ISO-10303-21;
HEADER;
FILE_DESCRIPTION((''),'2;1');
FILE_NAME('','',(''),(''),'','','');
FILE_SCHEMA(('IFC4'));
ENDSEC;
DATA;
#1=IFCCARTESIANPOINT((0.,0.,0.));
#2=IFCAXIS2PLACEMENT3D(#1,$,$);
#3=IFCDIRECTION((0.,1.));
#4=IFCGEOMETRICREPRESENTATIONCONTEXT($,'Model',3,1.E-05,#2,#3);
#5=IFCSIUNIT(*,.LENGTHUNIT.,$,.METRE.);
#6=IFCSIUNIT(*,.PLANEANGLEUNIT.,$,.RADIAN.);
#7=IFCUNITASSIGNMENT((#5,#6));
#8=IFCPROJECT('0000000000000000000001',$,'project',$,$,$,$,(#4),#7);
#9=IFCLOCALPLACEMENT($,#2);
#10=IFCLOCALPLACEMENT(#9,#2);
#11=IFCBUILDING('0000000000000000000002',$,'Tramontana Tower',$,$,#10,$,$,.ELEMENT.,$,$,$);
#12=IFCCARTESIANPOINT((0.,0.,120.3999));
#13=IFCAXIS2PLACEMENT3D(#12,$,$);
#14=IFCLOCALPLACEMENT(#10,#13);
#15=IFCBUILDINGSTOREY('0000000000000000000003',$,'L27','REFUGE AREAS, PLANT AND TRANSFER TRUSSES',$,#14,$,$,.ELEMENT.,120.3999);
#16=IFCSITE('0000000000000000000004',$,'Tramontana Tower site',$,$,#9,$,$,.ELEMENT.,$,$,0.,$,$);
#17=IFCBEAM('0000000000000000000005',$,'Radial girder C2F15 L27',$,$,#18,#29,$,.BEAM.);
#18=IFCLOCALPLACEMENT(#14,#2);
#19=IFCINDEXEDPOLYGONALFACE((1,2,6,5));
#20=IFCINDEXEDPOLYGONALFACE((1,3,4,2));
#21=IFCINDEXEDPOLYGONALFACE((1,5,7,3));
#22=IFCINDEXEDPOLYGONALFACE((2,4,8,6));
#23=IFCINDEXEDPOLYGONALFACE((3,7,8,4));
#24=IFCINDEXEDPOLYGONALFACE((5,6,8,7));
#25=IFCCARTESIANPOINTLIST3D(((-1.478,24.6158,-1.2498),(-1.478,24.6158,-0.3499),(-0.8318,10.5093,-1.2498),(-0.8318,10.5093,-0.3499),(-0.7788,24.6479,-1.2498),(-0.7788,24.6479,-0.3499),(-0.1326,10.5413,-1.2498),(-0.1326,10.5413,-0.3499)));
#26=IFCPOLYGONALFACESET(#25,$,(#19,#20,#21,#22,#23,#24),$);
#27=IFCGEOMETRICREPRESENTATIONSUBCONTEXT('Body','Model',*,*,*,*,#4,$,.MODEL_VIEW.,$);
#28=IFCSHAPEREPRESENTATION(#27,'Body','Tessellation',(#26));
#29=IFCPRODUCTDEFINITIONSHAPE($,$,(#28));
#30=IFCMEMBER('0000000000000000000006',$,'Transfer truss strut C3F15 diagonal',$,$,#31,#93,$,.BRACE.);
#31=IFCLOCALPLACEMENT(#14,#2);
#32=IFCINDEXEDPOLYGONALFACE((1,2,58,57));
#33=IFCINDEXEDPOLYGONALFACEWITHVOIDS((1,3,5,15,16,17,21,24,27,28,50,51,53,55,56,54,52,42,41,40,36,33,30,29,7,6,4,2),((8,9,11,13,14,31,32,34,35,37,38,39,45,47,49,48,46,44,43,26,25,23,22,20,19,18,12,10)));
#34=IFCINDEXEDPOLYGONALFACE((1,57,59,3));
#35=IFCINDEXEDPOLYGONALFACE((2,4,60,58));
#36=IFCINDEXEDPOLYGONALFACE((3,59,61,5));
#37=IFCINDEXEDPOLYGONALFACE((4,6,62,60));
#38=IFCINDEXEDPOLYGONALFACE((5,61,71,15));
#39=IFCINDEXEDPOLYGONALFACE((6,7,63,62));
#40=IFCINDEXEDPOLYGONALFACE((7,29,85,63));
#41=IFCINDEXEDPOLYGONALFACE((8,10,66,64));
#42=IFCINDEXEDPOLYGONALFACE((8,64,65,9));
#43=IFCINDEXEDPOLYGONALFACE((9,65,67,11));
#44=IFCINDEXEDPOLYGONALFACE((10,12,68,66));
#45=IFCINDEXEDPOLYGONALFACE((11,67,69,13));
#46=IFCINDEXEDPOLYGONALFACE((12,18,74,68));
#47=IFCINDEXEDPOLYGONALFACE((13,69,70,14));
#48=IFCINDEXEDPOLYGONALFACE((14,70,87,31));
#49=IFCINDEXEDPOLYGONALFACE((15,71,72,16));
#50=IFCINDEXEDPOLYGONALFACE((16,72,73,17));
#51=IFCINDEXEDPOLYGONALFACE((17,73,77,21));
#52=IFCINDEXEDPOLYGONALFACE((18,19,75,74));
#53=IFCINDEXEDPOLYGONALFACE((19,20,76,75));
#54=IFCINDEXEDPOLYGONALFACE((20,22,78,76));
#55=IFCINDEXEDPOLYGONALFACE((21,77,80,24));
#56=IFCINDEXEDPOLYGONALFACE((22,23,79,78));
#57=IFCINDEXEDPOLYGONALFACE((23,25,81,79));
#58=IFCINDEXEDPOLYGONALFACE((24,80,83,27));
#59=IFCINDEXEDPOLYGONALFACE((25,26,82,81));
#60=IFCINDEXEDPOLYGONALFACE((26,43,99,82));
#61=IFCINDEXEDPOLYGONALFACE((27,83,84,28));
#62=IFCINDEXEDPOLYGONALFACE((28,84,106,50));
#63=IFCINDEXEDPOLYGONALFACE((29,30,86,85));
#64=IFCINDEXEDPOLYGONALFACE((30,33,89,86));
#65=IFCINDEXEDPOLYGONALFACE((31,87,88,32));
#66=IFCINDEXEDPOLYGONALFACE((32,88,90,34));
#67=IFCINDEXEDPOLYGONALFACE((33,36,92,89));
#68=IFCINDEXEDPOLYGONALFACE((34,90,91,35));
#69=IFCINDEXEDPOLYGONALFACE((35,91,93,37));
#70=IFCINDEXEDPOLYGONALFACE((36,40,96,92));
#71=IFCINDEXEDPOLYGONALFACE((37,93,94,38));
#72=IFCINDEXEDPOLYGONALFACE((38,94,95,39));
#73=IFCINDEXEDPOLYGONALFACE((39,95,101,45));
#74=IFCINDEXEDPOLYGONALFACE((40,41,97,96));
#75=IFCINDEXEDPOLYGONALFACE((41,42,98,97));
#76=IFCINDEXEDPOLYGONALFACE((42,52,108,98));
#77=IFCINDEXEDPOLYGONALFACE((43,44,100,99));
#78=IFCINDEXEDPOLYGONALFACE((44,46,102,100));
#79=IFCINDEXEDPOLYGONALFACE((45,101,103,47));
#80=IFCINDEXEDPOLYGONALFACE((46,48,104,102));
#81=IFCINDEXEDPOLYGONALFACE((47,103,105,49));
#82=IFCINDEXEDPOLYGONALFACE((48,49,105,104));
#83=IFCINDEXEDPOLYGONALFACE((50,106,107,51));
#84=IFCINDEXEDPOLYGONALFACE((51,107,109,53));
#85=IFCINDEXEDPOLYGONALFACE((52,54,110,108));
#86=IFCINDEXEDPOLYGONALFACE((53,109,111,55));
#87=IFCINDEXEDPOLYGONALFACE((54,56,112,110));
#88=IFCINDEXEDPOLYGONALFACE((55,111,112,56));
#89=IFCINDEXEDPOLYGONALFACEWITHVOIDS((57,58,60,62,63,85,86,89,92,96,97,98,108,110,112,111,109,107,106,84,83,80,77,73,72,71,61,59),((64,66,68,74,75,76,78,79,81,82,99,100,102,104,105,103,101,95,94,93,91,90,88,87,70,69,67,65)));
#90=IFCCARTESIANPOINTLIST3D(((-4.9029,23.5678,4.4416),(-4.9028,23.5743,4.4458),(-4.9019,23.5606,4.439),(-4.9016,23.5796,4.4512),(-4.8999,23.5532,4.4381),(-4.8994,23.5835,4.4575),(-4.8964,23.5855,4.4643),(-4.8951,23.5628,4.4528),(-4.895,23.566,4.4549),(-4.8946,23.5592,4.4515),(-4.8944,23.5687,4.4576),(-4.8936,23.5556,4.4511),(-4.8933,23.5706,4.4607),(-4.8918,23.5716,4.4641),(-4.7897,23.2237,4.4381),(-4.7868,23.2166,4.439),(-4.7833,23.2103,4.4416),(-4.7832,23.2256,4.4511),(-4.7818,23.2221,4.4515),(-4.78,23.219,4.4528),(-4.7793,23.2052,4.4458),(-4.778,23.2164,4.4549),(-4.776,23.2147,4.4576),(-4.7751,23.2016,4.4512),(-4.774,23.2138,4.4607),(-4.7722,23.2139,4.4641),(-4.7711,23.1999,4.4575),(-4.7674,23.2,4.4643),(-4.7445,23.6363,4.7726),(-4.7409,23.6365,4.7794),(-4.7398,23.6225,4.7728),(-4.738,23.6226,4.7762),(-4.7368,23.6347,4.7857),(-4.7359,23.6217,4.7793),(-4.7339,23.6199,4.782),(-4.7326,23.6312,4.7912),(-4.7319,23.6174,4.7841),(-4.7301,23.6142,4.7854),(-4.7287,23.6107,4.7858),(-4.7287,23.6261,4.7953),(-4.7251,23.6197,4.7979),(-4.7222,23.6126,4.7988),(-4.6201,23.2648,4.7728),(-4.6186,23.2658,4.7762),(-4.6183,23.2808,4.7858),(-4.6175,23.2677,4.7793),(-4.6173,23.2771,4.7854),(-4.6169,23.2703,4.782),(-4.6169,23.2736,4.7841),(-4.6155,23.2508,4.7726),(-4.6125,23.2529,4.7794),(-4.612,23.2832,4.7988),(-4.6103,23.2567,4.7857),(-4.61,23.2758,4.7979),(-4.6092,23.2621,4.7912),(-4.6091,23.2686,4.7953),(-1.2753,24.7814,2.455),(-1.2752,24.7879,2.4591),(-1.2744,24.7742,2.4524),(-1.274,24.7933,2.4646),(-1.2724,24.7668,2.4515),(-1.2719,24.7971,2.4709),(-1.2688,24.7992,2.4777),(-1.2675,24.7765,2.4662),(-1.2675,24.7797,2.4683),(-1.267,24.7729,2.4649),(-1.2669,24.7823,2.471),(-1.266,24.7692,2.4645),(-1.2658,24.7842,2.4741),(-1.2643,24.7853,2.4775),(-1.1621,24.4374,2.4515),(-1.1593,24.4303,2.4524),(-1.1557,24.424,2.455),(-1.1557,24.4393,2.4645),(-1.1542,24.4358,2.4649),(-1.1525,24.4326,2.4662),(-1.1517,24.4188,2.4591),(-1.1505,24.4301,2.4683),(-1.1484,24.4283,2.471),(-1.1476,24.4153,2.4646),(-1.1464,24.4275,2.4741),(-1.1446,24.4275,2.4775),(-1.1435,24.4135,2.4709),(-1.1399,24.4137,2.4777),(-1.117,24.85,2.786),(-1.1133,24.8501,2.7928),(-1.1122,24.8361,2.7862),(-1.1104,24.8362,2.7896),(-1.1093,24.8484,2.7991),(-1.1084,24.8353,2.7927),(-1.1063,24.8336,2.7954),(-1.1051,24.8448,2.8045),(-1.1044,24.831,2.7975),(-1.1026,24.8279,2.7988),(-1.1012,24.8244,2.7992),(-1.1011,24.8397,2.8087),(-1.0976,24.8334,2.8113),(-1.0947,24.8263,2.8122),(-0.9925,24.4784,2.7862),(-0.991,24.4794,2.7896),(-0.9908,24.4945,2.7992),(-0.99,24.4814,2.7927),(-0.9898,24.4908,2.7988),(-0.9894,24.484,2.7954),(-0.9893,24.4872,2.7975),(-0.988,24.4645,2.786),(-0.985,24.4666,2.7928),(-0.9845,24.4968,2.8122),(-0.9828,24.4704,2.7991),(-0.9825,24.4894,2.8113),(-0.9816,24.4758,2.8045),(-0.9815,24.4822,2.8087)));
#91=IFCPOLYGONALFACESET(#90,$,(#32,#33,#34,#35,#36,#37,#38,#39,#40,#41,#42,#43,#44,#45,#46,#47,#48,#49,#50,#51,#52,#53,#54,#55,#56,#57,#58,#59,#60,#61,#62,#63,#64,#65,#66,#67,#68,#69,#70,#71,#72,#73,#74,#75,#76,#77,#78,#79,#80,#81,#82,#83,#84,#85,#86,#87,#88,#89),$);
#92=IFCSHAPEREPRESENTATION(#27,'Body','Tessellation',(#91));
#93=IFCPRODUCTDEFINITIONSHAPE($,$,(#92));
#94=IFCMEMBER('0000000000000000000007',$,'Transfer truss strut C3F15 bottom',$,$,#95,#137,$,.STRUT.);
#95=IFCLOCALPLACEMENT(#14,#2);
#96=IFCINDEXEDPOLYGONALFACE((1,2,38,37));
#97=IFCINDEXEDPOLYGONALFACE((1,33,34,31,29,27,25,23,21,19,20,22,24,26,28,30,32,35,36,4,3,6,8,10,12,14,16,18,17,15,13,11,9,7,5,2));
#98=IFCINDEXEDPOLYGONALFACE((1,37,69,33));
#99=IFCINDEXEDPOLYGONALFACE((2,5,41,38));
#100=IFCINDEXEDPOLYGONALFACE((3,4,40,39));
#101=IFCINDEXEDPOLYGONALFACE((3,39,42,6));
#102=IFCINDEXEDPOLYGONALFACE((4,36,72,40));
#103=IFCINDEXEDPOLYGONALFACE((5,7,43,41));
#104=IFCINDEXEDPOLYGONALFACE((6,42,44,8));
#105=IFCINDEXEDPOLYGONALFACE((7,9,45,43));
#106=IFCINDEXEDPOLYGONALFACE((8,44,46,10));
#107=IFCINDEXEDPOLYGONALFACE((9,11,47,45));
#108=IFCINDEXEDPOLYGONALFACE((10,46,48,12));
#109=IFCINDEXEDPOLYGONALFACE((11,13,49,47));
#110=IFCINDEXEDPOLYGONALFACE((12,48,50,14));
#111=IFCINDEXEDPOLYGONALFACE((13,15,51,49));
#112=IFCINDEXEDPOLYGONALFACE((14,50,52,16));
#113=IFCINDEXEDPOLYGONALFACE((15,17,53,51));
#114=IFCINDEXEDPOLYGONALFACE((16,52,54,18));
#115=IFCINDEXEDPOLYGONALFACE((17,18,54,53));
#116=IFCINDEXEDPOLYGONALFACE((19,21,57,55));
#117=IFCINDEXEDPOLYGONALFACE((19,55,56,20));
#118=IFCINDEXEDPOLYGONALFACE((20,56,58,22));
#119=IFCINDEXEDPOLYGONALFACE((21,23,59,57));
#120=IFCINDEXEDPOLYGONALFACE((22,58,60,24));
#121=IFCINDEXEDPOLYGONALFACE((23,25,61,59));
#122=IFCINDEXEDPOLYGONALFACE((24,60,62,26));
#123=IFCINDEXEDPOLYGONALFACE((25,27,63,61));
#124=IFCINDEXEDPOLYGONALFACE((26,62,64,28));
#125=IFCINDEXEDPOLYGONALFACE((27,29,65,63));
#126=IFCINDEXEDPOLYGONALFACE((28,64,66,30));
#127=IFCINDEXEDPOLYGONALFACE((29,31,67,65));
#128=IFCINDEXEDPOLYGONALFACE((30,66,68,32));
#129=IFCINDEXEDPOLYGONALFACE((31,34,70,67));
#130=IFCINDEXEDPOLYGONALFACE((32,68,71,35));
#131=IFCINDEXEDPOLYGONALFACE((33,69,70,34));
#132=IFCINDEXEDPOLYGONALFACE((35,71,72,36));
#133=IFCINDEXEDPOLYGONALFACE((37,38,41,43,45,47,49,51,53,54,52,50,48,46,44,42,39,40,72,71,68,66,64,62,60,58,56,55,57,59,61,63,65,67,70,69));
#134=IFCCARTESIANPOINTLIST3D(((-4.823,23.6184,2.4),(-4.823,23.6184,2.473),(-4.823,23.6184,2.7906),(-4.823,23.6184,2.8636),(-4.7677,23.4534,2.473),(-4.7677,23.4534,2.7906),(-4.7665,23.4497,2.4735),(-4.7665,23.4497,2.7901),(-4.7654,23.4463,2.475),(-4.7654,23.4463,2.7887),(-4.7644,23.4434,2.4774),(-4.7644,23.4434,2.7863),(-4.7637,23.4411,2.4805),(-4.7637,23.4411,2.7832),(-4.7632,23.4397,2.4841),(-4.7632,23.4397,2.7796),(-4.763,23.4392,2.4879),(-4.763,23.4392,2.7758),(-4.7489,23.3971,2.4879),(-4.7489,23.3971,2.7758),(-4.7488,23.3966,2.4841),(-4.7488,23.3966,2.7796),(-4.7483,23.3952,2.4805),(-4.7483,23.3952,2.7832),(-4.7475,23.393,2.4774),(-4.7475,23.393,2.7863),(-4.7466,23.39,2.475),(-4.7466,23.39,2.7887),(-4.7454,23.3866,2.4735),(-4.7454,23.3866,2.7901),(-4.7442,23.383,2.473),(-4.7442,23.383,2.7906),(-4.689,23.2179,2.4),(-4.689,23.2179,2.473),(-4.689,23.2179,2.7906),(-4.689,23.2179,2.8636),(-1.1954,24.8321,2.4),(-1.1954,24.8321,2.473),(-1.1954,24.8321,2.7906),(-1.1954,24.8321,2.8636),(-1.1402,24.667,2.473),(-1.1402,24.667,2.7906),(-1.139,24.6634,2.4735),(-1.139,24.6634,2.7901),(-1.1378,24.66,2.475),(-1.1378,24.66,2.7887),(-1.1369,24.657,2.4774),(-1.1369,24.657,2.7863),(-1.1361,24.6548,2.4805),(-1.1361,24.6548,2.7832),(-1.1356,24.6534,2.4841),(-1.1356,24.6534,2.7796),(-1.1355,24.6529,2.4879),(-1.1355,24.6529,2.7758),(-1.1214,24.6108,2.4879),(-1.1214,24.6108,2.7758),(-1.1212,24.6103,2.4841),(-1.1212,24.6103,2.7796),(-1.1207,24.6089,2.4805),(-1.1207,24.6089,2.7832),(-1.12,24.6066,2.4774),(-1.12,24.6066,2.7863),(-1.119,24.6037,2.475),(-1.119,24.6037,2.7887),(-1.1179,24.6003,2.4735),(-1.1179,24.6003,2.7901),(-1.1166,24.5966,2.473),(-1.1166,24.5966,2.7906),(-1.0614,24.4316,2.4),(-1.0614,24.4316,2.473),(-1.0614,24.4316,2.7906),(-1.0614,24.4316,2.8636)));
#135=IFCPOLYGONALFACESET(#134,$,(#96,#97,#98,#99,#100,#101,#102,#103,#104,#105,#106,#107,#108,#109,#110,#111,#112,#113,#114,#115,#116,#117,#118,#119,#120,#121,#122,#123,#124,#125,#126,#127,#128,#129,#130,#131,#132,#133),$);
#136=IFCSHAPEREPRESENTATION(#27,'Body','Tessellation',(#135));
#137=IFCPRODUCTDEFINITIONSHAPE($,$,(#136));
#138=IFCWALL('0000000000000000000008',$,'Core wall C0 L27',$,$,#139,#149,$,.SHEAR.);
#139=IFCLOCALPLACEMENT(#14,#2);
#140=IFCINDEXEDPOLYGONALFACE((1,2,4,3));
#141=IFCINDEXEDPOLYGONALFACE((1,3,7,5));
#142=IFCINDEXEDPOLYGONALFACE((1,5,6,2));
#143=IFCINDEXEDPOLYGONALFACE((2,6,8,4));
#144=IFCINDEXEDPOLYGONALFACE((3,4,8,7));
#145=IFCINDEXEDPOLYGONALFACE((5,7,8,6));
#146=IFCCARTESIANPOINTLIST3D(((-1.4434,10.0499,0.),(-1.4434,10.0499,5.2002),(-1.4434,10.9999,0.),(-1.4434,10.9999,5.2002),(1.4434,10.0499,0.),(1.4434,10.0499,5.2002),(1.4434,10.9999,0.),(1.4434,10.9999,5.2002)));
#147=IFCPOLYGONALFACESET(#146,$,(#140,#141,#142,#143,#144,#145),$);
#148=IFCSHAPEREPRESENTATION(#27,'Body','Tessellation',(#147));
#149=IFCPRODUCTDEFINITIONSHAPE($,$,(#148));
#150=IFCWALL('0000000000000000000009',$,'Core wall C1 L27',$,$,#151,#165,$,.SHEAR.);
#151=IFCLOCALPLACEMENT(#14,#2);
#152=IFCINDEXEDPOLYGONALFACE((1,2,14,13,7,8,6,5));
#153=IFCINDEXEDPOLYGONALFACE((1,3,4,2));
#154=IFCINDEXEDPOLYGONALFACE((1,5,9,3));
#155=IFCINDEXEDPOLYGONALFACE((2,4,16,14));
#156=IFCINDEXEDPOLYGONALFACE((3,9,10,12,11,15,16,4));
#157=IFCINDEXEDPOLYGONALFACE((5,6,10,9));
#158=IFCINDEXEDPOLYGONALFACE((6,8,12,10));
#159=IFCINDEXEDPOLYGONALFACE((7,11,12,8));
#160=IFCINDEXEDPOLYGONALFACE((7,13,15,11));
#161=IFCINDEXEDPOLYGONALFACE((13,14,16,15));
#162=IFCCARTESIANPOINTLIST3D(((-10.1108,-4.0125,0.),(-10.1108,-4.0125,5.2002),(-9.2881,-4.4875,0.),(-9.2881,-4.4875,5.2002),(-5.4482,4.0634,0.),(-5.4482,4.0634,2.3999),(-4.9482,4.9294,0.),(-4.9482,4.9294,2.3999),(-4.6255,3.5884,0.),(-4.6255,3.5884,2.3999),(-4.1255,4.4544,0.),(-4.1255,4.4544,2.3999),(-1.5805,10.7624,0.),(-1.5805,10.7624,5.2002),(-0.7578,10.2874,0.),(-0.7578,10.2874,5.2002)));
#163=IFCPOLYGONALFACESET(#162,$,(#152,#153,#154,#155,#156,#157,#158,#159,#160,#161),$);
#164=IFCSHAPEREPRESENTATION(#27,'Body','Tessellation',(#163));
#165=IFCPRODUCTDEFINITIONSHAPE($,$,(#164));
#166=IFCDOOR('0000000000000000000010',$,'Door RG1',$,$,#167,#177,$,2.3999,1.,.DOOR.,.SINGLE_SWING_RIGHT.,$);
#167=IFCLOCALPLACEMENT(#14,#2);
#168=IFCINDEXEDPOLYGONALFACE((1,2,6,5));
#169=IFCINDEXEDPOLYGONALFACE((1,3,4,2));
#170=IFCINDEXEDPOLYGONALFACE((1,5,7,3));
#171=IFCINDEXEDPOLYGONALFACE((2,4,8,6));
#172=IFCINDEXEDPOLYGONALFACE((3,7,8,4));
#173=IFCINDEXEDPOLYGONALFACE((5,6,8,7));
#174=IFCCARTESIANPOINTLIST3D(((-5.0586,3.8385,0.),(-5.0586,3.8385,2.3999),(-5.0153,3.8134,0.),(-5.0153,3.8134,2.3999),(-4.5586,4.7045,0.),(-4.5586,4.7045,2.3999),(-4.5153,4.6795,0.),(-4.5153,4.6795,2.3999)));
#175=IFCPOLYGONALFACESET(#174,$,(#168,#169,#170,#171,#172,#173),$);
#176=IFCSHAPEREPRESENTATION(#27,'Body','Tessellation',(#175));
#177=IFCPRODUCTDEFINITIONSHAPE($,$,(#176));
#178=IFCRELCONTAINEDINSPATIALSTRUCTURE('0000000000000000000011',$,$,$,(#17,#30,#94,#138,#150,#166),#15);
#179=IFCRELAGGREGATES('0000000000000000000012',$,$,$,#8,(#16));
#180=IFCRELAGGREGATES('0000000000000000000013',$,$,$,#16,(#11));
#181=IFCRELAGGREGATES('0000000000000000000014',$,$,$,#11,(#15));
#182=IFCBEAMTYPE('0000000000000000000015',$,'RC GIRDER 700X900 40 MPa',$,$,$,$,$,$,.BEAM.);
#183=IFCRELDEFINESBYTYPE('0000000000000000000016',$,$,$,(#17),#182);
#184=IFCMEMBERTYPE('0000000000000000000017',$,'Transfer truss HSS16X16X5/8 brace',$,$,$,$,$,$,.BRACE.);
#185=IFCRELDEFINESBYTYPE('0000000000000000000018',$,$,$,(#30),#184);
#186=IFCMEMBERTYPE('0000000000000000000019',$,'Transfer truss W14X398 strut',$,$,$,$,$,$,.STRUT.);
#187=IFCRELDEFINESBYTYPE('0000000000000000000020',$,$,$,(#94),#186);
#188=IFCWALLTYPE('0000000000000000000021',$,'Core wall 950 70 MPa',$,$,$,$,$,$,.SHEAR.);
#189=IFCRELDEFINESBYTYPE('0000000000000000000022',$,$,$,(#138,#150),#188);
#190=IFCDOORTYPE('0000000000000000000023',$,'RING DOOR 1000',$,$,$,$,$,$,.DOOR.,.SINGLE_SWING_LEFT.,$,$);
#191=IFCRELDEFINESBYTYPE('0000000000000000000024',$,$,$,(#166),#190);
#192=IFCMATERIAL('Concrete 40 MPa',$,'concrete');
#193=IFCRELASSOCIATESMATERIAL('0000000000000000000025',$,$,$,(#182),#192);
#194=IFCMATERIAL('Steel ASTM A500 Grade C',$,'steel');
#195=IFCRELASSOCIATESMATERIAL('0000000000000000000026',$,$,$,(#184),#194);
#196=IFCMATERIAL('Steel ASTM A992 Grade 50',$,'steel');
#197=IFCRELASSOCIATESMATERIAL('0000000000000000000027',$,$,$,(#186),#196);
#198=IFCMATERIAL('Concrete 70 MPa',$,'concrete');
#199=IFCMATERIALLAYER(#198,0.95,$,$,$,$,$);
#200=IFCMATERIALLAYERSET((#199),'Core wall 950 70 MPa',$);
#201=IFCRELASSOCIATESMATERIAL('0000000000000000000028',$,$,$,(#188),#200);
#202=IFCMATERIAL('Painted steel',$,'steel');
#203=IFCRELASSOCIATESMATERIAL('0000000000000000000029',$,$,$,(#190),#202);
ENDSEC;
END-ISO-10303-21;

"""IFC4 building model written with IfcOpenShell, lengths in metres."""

from ifc_helpers import new_model, si_unit, direction, frame, frame_2d, origin, origin_2d, place, context, subcontext, project, spatial, rectangle, hollow_rectangle, i_section, extrude, material, layer, layer_set, material_profile, profile_set, type_object, element, fill, save


model = new_model("IFC4")

# Units and contexts
model_context = context("Model", 3, precision=1e-05, world=origin(), true_north=direction((0.0, 1.0)))
body_context = subcontext(model_context, "Body", "Model", "MODEL_VIEW")
ifc_project = project(units=[si_unit("LENGTHUNIT", "METRE"), si_unit("PLANEANGLEUNIT", "RADIAN")], contexts=[model_context])

# Site, building, storey
site_placement = place(None, origin())
site = spatial("IfcSite", under=ifc_project, at=site_placement, Name="Tramontana Tower site", CompositionType="ELEMENT", RefElevation=0.0)
building_placement = place(site_placement, origin())
building = spatial("IfcBuilding", under=site, at=building_placement, Name="Tramontana Tower", CompositionType="ELEMENT")
storey_placement = place(building_placement, frame((0.0, 0.0, 120.3999)))
storey = spatial("IfcBuildingStorey", under=building, at=storey_placement, Name="L27", Description="REFUGE AREAS, PLANT AND TRANSFER TRUSSES", CompositionType="ELEMENT", Elevation=120.3999)

# Beam
ifc_material_1 = material(Name="Concrete 40 MPa", Category="concrete")
ifc_material_profile_1 = material_profile(ifc_material_1, rectangle(XDim=0.7, YDim=0.8999, at=origin_2d()), Name="RC GIRDER 700X900 40 MPa")
ifc_profile_set_1 = profile_set([ifc_material_profile_1], Name="Concrete 40 MPa")
beam_type_1 = type_object("IfcBeamType", Name="RC GIRDER 700X900 40 MPa", PredefinedType="BEAM", material=ifc_profile_set_1)
beam_1_placement = place(storey_placement, frame((-1.1284, 24.6318, -0.7998), z_axis=(0.045764, -0.998952, 0.0), x_axis=(0.998952, 0.045764, 0.0)))
element("IfcBeam", 1, at=beam_1_placement, inside=storey, type_object=beam_type_1, Name="Radial girder C2F15 L27", PredefinedType="BEAM", context=body_context, shape_type="SweptSolid", body=[
    extrude(rectangle(XDim=0.7, YDim=0.8999, at=origin_2d()), origin(), (0.0, 0.0, 1.0), 14.1213),
])

# Members
ifc_material_2 = material(Name="Steel ASTM A500 Grade C", Category="steel")
ifc_material_profile_2 = material_profile(ifc_material_2, hollow_rectangle(XDim=0.4065, YDim=0.4065, WallThickness=0.0146, InnerFilletRadius=0.0146, OuterFilletRadius=0.0295, at=origin_2d()), Name="HSS16X16X5/8")
ifc_profile_set_2 = profile_set([ifc_material_profile_2], Name="Steel ASTM A500 Grade C")
member_type_1 = type_object("IfcMemberType", Name="Transfer truss HSS16X16X5/8 brace", PredefinedType="BRACE", material=ifc_profile_set_2)
member_1_placement = place(storey_placement, frame((-1.1284, 24.6318, 2.6318), z_axis=(-0.841598, -0.281571, 0.460902), x_axis=(0.317281, -0.948332, 0.0)))
element("IfcMember", 2, at=member_1_placement, inside=storey, type_object=member_type_1, Name="Transfer truss strut C3F15 diagonal", PredefinedType="BRACE", context=body_context, shape_type="SweptSolid", body=[
    extrude(hollow_rectangle(XDim=0.4065, YDim=0.4065, WallThickness=0.0146, InnerFilletRadius=0.0146, OuterFilletRadius=0.0295, at=origin_2d()), origin(), (0.0, 0.0, 1.0), 4.3103),
])
ifc_material_3 = material(Name="Steel ASTM A992 Grade 50", Category="steel")
ifc_material_profile_3 = material_profile(ifc_material_3, i_section(OverallWidth=0.4224, OverallDepth=0.4636, WebThickness=0.0444, FlangeThickness=0.073, FilletRadius=0.0149, at=origin_2d()), Name="W14X398")
ifc_profile_set_3 = profile_set([ifc_material_profile_3], Name="Steel ASTM A992 Grade 50")
member_type_2 = type_object("IfcMemberType", Name="Transfer truss W14X398 strut", PredefinedType="STRUT", material=ifc_profile_set_3)
member_2_placement = place(storey_placement, frame((-1.1284, 24.6318, 2.6318), z_axis=(-0.948332, -0.317281, 0.0), x_axis=(0.317281, -0.948332, 0.0)))
element("IfcMember", 3, at=member_2_placement, inside=storey, type_object=member_type_2, Name="Transfer truss strut C3F15 bottom", PredefinedType="STRUT", context=body_context, shape_type="SweptSolid", body=[
    extrude(i_section(OverallWidth=0.4224, OverallDepth=0.4636, WebThickness=0.0444, FlangeThickness=0.073, FilletRadius=0.0149, at=origin_2d()), origin(), (0.0, 0.0, 1.0), 3.8252),
])

# Wall
ifc_material_4 = material(Name="Concrete 70 MPa", Category="concrete")
ifc_layer_1 = layer(ifc_material_4, 0.95)
ifc_layer_set_1 = layer_set([ifc_layer_1], Name="Core wall 950 70 MPa")
wall_type_1 = type_object("IfcWallType", Name="Core wall 950 70 MPa", PredefinedType="SHEAR", material=ifc_layer_set_1)
wall_1_placement = place(storey_placement, frame((1.4434, 10.5249, 0.0), z_axis=(0.0, 0.0, 1.0), x_axis=(-1.0, 0.0, 0.0)))
element("IfcWall", 4, at=wall_1_placement, inside=storey, type_object=wall_type_1, Name="Core wall C0 L27", PredefinedType="SHEAR", context=body_context, shape_type="SweptSolid", body=[
    extrude(rectangle(XDim=2.8867, YDim=0.95, at=frame_2d((1.4434, 0.0))), origin(), (0.0, 0.0, 1.0), 5.2002),
])

# Wall, opening, door
wall_2_placement = place(storey_placement, frame((-1.1692, 10.5249, 0.0), z_axis=(0.0, 0.0, 1.0), x_axis=(-0.499999, -0.866026, 0.0)))
wall_2 = element("IfcWall", 5, at=wall_2_placement, inside=storey, type_object=wall_type_1, Name="Core wall C1 L27", PredefinedType="SHEAR", context=body_context, shape_type="SweptSolid", body=[
    extrude(rectangle(XDim=17.0605, YDim=0.95, at=frame_2d((8.5303, 0.0))), origin(), (0.0, 0.0, 1.0), 5.2002),
])
opening_placement = place(wall_2_placement, frame((6.7354, 0.0, 0.0)))
opening = element("IfcOpeningElement", 6, at=opening_placement, cuts=wall_2, PredefinedType="OPENING", context=body_context, shape_type="SweptSolid", body=[
    extrude(rectangle(XDim=1.0, YDim=2.3999, at=frame_2d((0.5, 1.2))), frame((0.0, 0.4849, 0.0), z_axis=(0.0, -1.0, 0.0), x_axis=(1.0, 0.0, 0.0)), (0.0, 0.0, 1.0), 0.97),
])
ifc_material_5 = material(Name="Painted steel", Category="steel")
door_type = type_object("IfcDoorType", Name="RING DOOR 1000", OperationType="SINGLE_SWING_LEFT", PredefinedType="DOOR", material=ifc_material_5)
door_placement = place(opening_placement, origin())
door = element("IfcDoor", 7, at=door_placement, inside=storey, type_object=door_type, Name="Door RG1", OperationType="SINGLE_SWING_RIGHT", OverallHeight=2.3999, OverallWidth=1.0, PredefinedType="DOOR", context=body_context, shape_type="SweptSolid", body=[
    extrude(rectangle(XDim=1.0, YDim=2.3999, at=frame_2d((0.5, 1.2))), frame((0.0, 0.0249, 0.0), z_axis=(0.0, -1.0, 0.0), x_axis=(1.0, 0.0, 0.0)), (0.0, 0.0, 1.0), 0.05),
])
fill(opening, door)

save(model, "model.ifc")
